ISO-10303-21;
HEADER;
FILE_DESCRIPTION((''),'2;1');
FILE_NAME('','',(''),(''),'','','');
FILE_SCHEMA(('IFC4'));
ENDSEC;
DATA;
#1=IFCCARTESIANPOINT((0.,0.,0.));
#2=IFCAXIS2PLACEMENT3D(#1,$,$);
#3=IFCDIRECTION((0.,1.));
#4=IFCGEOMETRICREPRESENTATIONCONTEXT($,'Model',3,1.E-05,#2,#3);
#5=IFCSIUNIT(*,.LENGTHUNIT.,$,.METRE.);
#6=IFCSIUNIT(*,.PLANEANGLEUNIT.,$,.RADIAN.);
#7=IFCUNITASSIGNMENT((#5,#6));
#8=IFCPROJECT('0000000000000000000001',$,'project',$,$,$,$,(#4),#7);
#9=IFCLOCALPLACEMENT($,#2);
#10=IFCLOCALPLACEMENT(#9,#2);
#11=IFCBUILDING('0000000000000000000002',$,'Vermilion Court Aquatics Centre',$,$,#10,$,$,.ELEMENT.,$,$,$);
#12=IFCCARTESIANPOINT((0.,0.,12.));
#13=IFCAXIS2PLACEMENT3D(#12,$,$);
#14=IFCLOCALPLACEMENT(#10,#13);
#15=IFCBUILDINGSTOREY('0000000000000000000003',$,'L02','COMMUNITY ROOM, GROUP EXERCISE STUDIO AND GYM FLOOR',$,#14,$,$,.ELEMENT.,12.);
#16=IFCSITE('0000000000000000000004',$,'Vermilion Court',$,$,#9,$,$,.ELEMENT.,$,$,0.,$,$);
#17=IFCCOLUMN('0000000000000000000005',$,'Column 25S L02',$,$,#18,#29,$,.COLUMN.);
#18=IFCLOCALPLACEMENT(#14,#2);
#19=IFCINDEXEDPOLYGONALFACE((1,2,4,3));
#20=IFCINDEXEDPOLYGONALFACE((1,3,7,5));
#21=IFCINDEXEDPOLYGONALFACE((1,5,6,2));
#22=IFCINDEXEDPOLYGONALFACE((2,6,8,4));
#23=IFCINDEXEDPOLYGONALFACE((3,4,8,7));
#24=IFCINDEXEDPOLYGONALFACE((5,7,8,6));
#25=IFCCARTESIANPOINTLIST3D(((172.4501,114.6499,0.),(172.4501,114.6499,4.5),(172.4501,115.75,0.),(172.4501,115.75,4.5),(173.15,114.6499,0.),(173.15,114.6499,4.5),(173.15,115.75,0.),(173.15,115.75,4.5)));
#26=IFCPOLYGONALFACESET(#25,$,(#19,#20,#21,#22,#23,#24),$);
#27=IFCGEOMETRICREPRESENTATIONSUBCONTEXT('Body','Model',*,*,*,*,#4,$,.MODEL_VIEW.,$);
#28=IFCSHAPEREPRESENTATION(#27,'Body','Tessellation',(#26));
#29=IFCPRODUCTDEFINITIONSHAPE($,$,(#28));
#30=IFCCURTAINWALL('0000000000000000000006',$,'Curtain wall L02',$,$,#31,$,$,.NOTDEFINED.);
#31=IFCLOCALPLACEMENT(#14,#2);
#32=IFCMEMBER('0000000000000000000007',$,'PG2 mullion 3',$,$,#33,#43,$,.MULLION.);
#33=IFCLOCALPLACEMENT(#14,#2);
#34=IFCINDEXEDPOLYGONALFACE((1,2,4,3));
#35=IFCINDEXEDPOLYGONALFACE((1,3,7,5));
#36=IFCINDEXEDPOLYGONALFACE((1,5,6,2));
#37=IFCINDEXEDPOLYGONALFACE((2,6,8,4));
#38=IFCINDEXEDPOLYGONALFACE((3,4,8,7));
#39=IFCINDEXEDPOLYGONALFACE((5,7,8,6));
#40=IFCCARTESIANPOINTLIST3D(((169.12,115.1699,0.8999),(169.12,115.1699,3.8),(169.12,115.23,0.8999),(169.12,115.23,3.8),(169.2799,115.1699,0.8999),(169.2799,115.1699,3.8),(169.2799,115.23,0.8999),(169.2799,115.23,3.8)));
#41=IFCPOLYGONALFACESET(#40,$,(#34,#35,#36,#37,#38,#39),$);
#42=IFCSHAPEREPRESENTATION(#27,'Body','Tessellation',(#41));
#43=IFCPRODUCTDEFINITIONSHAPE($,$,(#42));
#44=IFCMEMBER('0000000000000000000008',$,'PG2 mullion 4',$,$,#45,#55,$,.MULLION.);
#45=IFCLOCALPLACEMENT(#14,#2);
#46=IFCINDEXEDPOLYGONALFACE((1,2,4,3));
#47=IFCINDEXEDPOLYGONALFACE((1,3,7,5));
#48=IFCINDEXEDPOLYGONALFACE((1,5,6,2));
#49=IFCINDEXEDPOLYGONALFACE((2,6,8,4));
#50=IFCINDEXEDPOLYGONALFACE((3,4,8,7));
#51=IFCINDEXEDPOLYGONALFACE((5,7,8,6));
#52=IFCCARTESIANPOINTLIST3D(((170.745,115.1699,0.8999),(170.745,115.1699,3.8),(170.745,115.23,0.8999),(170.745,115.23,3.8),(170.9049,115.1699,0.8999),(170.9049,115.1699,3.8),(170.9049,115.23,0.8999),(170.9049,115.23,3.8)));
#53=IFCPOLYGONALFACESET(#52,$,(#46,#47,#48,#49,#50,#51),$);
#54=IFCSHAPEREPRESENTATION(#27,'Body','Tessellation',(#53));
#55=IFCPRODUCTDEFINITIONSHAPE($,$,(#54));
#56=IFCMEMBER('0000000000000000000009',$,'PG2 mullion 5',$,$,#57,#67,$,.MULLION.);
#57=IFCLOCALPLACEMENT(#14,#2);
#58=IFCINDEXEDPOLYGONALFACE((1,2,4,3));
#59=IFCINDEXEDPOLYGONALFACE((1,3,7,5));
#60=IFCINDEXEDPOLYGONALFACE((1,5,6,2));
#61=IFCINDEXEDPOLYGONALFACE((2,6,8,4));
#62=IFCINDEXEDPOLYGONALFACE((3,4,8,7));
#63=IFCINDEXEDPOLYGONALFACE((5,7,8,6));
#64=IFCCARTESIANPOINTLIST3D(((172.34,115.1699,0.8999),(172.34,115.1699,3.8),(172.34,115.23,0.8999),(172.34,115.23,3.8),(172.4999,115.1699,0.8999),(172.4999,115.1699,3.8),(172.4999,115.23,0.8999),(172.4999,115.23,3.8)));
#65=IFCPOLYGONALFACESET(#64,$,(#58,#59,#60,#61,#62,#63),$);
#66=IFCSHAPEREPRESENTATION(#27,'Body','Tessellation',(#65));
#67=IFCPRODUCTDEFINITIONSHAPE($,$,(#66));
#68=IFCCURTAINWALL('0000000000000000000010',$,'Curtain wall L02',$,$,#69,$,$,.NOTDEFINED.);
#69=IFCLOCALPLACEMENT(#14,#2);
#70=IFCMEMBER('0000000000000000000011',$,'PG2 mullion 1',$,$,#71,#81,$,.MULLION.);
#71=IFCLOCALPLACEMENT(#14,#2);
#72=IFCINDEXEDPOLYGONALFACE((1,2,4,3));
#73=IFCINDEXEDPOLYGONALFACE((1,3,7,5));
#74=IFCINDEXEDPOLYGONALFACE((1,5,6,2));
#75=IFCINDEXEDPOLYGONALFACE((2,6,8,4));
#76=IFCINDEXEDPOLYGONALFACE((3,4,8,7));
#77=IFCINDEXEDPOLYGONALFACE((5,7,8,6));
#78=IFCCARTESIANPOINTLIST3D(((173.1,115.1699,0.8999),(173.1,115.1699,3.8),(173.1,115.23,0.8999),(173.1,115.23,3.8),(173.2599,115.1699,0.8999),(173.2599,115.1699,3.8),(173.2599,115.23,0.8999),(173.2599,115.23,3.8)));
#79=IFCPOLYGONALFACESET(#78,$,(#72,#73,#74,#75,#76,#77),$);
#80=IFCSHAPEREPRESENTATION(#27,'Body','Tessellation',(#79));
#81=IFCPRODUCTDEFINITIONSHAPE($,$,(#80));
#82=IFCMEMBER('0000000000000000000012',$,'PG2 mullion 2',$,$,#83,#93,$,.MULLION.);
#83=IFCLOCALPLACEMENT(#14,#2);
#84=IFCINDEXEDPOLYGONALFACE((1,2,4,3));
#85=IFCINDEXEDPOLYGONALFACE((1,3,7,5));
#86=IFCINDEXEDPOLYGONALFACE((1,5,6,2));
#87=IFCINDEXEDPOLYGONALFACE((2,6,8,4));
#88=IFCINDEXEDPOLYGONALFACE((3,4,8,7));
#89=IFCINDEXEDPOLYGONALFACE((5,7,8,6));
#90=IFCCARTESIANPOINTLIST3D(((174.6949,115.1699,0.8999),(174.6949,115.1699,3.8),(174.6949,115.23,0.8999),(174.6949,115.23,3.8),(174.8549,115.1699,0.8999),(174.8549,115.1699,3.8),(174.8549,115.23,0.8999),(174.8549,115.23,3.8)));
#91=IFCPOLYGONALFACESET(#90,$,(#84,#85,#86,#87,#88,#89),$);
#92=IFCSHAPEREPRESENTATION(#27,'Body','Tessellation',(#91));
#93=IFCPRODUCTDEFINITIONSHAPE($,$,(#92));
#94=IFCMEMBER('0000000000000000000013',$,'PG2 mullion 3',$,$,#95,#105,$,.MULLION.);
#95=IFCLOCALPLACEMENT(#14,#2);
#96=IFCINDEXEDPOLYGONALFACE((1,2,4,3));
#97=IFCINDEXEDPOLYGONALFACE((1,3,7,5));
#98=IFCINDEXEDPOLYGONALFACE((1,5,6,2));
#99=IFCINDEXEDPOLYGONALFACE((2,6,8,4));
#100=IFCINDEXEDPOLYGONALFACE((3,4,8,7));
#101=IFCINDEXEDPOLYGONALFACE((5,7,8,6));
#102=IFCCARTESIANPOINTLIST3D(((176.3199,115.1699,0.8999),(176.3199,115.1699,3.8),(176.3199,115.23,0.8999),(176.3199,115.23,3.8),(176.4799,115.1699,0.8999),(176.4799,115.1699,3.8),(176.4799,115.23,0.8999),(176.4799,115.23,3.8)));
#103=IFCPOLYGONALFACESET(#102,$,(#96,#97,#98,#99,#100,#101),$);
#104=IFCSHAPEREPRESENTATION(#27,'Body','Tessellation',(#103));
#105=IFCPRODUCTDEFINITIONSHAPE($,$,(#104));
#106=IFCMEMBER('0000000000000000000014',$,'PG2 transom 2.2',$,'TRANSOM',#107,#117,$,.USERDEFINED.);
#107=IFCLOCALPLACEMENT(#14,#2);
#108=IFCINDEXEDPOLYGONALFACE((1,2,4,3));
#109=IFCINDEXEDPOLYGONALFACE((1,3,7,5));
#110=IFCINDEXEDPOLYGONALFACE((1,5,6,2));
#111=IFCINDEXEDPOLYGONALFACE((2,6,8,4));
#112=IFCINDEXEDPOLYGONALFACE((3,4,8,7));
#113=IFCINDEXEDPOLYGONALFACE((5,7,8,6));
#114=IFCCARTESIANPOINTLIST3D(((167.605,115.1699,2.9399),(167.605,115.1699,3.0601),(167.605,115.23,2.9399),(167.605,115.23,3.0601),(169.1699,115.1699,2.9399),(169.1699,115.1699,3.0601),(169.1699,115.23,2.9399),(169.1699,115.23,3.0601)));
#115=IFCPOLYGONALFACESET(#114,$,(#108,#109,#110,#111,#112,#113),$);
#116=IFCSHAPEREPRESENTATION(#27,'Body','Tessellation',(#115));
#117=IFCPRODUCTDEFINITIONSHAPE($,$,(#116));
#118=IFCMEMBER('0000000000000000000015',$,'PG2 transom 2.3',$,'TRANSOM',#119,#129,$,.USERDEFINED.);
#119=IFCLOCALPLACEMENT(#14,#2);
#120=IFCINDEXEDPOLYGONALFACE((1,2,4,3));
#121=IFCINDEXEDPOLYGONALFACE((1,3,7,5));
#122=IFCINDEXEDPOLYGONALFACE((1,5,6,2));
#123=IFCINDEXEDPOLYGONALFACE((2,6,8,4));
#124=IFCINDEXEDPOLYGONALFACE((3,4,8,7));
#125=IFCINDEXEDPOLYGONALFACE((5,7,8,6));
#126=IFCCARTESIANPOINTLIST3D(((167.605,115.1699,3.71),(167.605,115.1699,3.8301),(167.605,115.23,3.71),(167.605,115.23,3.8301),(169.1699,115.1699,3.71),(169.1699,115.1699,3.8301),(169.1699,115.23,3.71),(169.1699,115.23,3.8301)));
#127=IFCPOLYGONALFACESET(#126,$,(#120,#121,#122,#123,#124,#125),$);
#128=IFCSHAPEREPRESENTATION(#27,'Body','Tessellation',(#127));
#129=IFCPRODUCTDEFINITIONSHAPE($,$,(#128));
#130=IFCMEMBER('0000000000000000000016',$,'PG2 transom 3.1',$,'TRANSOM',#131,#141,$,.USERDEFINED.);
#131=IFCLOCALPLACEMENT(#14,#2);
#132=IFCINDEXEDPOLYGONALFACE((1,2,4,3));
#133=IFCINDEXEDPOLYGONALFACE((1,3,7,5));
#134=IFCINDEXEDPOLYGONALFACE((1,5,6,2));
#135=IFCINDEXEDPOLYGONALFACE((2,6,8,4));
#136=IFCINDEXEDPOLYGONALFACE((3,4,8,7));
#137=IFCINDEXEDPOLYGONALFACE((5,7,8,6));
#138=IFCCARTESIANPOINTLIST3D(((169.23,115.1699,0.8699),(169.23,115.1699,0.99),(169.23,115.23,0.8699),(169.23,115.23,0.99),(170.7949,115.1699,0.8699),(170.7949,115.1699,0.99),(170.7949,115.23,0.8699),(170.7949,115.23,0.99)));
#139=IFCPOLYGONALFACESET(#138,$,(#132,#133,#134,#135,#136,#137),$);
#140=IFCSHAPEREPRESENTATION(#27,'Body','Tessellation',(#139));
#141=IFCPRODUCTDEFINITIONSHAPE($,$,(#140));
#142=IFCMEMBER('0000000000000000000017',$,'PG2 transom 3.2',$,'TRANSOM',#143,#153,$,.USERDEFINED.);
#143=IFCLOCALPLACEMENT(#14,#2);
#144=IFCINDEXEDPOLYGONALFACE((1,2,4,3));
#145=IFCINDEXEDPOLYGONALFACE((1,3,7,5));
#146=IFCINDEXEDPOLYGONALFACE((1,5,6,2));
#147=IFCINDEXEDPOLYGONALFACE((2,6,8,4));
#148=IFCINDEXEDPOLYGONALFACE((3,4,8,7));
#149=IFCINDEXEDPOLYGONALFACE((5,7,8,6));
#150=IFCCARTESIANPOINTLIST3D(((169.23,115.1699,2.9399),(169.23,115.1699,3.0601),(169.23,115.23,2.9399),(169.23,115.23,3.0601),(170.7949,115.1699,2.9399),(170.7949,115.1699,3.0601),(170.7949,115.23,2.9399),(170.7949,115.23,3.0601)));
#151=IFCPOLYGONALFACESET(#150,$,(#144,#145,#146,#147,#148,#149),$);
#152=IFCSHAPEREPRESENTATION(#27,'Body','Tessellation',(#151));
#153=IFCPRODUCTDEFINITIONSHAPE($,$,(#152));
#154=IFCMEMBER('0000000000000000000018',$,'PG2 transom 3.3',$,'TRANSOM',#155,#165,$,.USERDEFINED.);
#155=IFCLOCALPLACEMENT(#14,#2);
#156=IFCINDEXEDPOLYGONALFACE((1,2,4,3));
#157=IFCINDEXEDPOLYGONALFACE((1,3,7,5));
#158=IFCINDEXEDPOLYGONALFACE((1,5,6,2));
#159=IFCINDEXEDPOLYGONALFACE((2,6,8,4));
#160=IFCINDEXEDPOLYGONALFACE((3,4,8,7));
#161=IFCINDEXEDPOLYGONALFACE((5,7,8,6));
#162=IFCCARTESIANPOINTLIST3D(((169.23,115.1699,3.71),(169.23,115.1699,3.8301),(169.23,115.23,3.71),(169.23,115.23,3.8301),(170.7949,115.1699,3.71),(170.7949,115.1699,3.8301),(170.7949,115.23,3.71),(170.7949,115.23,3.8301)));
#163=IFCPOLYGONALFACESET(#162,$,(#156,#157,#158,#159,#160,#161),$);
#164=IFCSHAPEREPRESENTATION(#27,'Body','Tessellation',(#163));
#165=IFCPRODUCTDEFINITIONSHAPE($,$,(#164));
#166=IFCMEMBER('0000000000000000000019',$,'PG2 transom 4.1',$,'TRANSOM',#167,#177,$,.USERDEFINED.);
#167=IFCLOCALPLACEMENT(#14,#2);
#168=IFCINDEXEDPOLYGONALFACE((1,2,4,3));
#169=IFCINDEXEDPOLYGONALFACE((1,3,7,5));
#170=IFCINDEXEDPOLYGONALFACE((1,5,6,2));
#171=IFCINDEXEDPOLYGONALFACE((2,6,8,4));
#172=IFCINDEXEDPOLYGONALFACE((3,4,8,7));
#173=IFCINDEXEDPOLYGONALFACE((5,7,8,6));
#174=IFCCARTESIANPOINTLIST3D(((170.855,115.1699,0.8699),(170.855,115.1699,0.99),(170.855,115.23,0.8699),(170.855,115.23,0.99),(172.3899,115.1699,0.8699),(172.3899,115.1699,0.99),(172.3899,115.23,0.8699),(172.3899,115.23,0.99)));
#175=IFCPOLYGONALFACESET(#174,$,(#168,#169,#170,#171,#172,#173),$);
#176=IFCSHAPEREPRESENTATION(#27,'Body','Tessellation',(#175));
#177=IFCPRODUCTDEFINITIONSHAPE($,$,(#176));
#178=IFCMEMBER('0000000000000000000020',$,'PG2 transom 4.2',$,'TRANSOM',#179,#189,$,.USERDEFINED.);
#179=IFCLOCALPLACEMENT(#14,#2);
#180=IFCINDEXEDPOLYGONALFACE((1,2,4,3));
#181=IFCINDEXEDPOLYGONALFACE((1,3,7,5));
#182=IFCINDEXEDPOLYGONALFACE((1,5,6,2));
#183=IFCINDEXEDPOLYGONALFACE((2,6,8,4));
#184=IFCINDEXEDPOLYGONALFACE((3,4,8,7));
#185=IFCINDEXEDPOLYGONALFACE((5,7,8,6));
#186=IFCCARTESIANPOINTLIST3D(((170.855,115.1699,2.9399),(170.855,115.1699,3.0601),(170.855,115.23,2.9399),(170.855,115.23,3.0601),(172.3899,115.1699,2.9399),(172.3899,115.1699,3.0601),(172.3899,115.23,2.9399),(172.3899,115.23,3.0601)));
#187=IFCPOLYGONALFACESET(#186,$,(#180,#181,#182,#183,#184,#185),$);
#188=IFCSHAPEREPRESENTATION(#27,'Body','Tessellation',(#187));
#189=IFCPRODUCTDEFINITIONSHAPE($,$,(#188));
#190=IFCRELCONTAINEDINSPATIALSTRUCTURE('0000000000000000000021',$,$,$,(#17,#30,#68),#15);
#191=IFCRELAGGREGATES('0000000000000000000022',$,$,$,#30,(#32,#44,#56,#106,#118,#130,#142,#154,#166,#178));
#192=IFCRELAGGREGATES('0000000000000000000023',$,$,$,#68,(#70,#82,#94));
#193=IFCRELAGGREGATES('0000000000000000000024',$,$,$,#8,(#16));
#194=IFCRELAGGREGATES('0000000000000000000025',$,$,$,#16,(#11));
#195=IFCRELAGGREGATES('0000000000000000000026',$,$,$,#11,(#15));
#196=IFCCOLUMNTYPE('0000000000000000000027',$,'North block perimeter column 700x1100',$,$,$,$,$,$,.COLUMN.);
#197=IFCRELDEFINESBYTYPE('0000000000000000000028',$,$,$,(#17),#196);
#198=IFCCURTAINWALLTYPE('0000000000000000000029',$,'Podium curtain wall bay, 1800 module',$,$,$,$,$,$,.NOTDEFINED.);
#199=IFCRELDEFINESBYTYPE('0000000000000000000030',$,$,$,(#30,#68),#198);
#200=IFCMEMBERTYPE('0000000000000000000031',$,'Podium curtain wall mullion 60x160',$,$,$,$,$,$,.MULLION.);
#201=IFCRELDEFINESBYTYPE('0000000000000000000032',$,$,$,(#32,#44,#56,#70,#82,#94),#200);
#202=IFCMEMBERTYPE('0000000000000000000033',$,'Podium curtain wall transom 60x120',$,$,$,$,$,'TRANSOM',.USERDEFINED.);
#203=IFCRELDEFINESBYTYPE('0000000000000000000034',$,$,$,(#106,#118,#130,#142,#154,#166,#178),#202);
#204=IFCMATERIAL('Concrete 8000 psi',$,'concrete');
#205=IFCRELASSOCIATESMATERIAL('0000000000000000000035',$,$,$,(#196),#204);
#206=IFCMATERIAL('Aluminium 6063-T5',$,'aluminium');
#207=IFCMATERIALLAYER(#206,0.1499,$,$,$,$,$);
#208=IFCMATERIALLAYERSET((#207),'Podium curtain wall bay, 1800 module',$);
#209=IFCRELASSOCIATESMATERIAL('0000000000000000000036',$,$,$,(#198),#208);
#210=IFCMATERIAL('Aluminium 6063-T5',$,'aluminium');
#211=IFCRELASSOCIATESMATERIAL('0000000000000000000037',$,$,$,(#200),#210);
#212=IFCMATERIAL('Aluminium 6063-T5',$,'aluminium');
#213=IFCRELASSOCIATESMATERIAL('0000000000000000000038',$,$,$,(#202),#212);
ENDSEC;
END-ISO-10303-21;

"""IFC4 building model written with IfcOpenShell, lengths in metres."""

from ifc_helpers import new_model, si_unit, direction, frame, origin, origin_2d, place, context, subcontext, project, spatial, rectangle, extrude, material, layer, layer_set, material_profile, profile_set, type_object, element, aggregate, save


model = new_model("IFC4")

# Units and contexts
model_context = context("Model", 3, precision=1e-05, world=origin(), true_north=direction((0.0, 1.0)))
body_context = subcontext(model_context, "Body", "Model", "MODEL_VIEW")
ifc_project = project(units=[si_unit("LENGTHUNIT", "METRE"), si_unit("PLANEANGLEUNIT", "RADIAN")], contexts=[model_context])

# Site, building, storey
site_placement = place(None, origin())
site = spatial("IfcSite", under=ifc_project, at=site_placement, Name="Vermilion Court", CompositionType="ELEMENT", RefElevation=0.0)
building_placement = place(site_placement, origin())
building = spatial("IfcBuilding", under=site, at=building_placement, Name="Vermilion Court Aquatics Centre", CompositionType="ELEMENT")
storey_placement = place(building_placement, frame((0.0, 0.0, 12.0)))
storey = spatial("IfcBuildingStorey", under=building, at=storey_placement, Name="L02", Description="COMMUNITY ROOM, GROUP EXERCISE STUDIO AND GYM FLOOR", CompositionType="ELEMENT", Elevation=12.0)

# Column
ifc_material_1 = material(Name="Concrete 8000 psi", Category="concrete")
ifc_material_profile_1 = material_profile(ifc_material_1, rectangle(XDim=0.7, YDim=1.1001, at=origin_2d()), Name="RC 700x1100")
ifc_profile_set_1 = profile_set([ifc_material_profile_1], Name="Concrete 8000 psi")
column_type = type_object("IfcColumnType", Name="North block perimeter column 700x1100", PredefinedType="COLUMN", material=ifc_profile_set_1)
column_placement = place(storey_placement, frame((172.8, 115.2, 0.0), z_axis=(0.0, 0.0, 1.0), x_axis=(1.0, 0.0, 0.0)))
element("IfcColumn", 1, at=column_placement, inside=storey, type_object=column_type, Name="Column 25S L02", PredefinedType="COLUMN", context=body_context, shape_type="SweptSolid", body=[
    extrude(rectangle(XDim=0.7, YDim=1.1001, at=origin_2d()), origin(), (0.0, 0.0, 1.0), 4.5),
])

# Curtain walls, members
ifc_material_2 = material(Name="Aluminium 6063-T5", Category="aluminium")
ifc_layer_1 = layer(ifc_material_2, 0.1499)
ifc_layer_set_1 = layer_set([ifc_layer_1], Name="Podium curtain wall bay, 1800 module")
curtain_wall_type = type_object("IfcCurtainWallType", Name="Podium curtain wall bay, 1800 module", PredefinedType="NOTDEFINED", material=ifc_layer_set_1)
curtain_wall_1_placement = place(storey_placement, origin())
curtain_wall_1 = element("IfcCurtainWall", 2, at=curtain_wall_1_placement, inside=storey, type_object=curtain_wall_type, Name="Curtain wall L02", PredefinedType="NOTDEFINED")
ifc_material_3 = material(Name="Aluminium 6063-T5", Category="aluminium")
ifc_material_profile_2 = material_profile(ifc_material_3, rectangle(XDim=0.0601, YDim=0.1599, at=origin_2d()), Name="Mullion 60x160")
ifc_profile_set_2 = profile_set([ifc_material_profile_2], Name="Aluminium 6063-T5")
member_type_1 = type_object("IfcMemberType", Name="Podium curtain wall mullion 60x160", PredefinedType="MULLION", material=ifc_profile_set_2)
member_1_placement = place(storey_placement, frame((169.2, 115.2, 0.8999), z_axis=(0.0, 0.0, 1.0), x_axis=(0.0, 1.0, 0.0)))
member_1 = element("IfcMember", 3, at=member_1_placement, type_object=member_type_1, Name="PG2 mullion 3", PredefinedType="MULLION", context=body_context, shape_type="SweptSolid", body=[
    extrude(rectangle(XDim=0.0601, YDim=0.1599, at=origin_2d()), origin(), (0.0, 0.0, 1.0), 2.9001),
])
member_2_placement = place(storey_placement, frame((170.825, 115.2, 0.8999), z_axis=(0.0, 0.0, 1.0), x_axis=(0.0, 1.0, 0.0)))
member_2 = element("IfcMember", 4, at=member_2_placement, type_object=member_type_1, Name="PG2 mullion 4", PredefinedType="MULLION", context=body_context, shape_type="SweptSolid", body=[
    extrude(rectangle(XDim=0.0601, YDim=0.1599, at=origin_2d()), origin(), (0.0, 0.0, 1.0), 2.9001),
])
member_3_placement = place(storey_placement, frame((172.4199, 115.2, 0.8999), z_axis=(0.0, 0.0, 1.0), x_axis=(0.0, 1.0, 0.0)))
member_3 = element("IfcMember", 5, at=member_3_placement, type_object=member_type_1, Name="PG2 mullion 5", PredefinedType="MULLION", context=body_context, shape_type="SweptSolid", body=[
    extrude(rectangle(XDim=0.0601, YDim=0.1599, at=origin_2d()), origin(), (0.0, 0.0, 1.0), 2.9001),
])
curtain_wall_2_placement = place(storey_placement, origin())
curtain_wall_2 = element("IfcCurtainWall", 6, at=curtain_wall_2_placement, inside=storey, type_object=curtain_wall_type, Name="Curtain wall L02", PredefinedType="NOTDEFINED")
member_4_placement = place(storey_placement, frame((173.1799, 115.2, 0.8999), z_axis=(0.0, 0.0, 1.0), x_axis=(0.0, 1.0, 0.0)))
member_4 = element("IfcMember", 7, at=member_4_placement, type_object=member_type_1, Name="PG2 mullion 1", PredefinedType="MULLION", context=body_context, shape_type="SweptSolid", body=[
    extrude(rectangle(XDim=0.0601, YDim=0.1599, at=origin_2d()), origin(), (0.0, 0.0, 1.0), 2.9001),
])
member_5_placement = place(storey_placement, frame((174.7749, 115.2, 0.8999), z_axis=(0.0, 0.0, 1.0), x_axis=(0.0, 1.0, 0.0)))
member_5 = element("IfcMember", 8, at=member_5_placement, type_object=member_type_1, Name="PG2 mullion 2", PredefinedType="MULLION", context=body_context, shape_type="SweptSolid", body=[
    extrude(rectangle(XDim=0.0601, YDim=0.1599, at=origin_2d()), origin(), (0.0, 0.0, 1.0), 2.9001),
])
member_6_placement = place(storey_placement, frame((176.3999, 115.2, 0.8999), z_axis=(0.0, 0.0, 1.0), x_axis=(0.0, 1.0, 0.0)))
member_6 = element("IfcMember", 9, at=member_6_placement, type_object=member_type_1, Name="PG2 mullion 3", PredefinedType="MULLION", context=body_context, shape_type="SweptSolid", body=[
    extrude(rectangle(XDim=0.0601, YDim=0.1599, at=origin_2d()), origin(), (0.0, 0.0, 1.0), 2.9001),
])

# Members
ifc_material_4 = material(Name="Aluminium 6063-T5", Category="aluminium")
ifc_material_profile_3 = material_profile(ifc_material_4, rectangle(XDim=0.0601, YDim=0.1201, at=origin_2d()), Name="Transom 60x120")
ifc_profile_set_3 = profile_set([ifc_material_profile_3], Name="Aluminium 6063-T5")
member_type_2 = type_object("IfcMemberType", Name="Podium curtain wall transom 60x120", ElementType="TRANSOM", PredefinedType="USERDEFINED", material=ifc_profile_set_3)
member_7_placement = place(storey_placement, frame((167.605, 115.2, 3.0), z_axis=(1.0, 0.0, 0.0), x_axis=(0.0, 1.0, 0.0)))
member_7 = element("IfcMember", 10, at=member_7_placement, type_object=member_type_2, Name="PG2 transom 2.2", ObjectType="TRANSOM", PredefinedType="USERDEFINED", context=body_context, shape_type="SweptSolid", body=[
    extrude(rectangle(XDim=0.0601, YDim=0.1201, at=origin_2d()), origin(), (0.0, 0.0, 1.0), 1.5649),
])
member_8_placement = place(storey_placement, frame((167.605, 115.2, 3.77), z_axis=(1.0, 0.0, 0.0), x_axis=(0.0, 1.0, 0.0)))
member_8 = element("IfcMember", 11, at=member_8_placement, type_object=member_type_2, Name="PG2 transom 2.3", ObjectType="TRANSOM", PredefinedType="USERDEFINED", context=body_context, shape_type="SweptSolid", body=[
    extrude(rectangle(XDim=0.0601, YDim=0.1201, at=origin_2d()), origin(), (0.0, 0.0, 1.0), 1.5649),
])
member_9_placement = place(storey_placement, frame((169.23, 115.2, 0.9299), z_axis=(1.0, 0.0, 0.0), x_axis=(0.0, 1.0, 0.0)))
member_9 = element("IfcMember", 12, at=member_9_placement, type_object=member_type_2, Name="PG2 transom 3.1", ObjectType="TRANSOM", PredefinedType="USERDEFINED", context=body_context, shape_type="SweptSolid", body=[
    extrude(rectangle(XDim=0.0601, YDim=0.1201, at=origin_2d()), origin(), (0.0, 0.0, 1.0), 1.5649),
])
member_10_placement = place(storey_placement, frame((169.23, 115.2, 3.0), z_axis=(1.0, 0.0, 0.0), x_axis=(0.0, 1.0, 0.0)))
member_10 = element("IfcMember", 13, at=member_10_placement, type_object=member_type_2, Name="PG2 transom 3.2", ObjectType="TRANSOM", PredefinedType="USERDEFINED", context=body_context, shape_type="SweptSolid", body=[
    extrude(rectangle(XDim=0.0601, YDim=0.1201, at=origin_2d()), origin(), (0.0, 0.0, 1.0), 1.5649),
])
member_11_placement = place(storey_placement, frame((169.23, 115.2, 3.77), z_axis=(1.0, 0.0, 0.0), x_axis=(0.0, 1.0, 0.0)))
member_11 = element("IfcMember", 14, at=member_11_placement, type_object=member_type_2, Name="PG2 transom 3.3", ObjectType="TRANSOM", PredefinedType="USERDEFINED", context=body_context, shape_type="SweptSolid", body=[
    extrude(rectangle(XDim=0.0601, YDim=0.1201, at=origin_2d()), origin(), (0.0, 0.0, 1.0), 1.5649),
])
member_12_placement = place(storey_placement, frame((170.855, 115.2, 0.9299), z_axis=(1.0, 0.0, 0.0), x_axis=(0.0, 1.0, 0.0)))
member_12 = element("IfcMember", 15, at=member_12_placement, type_object=member_type_2, Name="PG2 transom 4.1", ObjectType="TRANSOM", PredefinedType="USERDEFINED", context=body_context, shape_type="SweptSolid", body=[
    extrude(rectangle(XDim=0.0601, YDim=0.1201, at=origin_2d()), origin(), (0.0, 0.0, 1.0), 1.5349),
])
member_13_placement = place(storey_placement, frame((170.855, 115.2, 3.0), z_axis=(1.0, 0.0, 0.0), x_axis=(0.0, 1.0, 0.0)))
member_13 = element("IfcMember", 16, at=member_13_placement, type_object=member_type_2, Name="PG2 transom 4.2", ObjectType="TRANSOM", PredefinedType="USERDEFINED", context=body_context, shape_type="SweptSolid", body=[
    extrude(rectangle(XDim=0.0601, YDim=0.1201, at=origin_2d()), origin(), (0.0, 0.0, 1.0), 1.5349),
])

aggregate(curtain_wall_1, [member_1, member_2, member_3, member_7, member_8, member_9, member_10, member_11, member_12, member_13])
aggregate(curtain_wall_2, [member_4, member_5, member_6])

save(model, "model.ifc")
